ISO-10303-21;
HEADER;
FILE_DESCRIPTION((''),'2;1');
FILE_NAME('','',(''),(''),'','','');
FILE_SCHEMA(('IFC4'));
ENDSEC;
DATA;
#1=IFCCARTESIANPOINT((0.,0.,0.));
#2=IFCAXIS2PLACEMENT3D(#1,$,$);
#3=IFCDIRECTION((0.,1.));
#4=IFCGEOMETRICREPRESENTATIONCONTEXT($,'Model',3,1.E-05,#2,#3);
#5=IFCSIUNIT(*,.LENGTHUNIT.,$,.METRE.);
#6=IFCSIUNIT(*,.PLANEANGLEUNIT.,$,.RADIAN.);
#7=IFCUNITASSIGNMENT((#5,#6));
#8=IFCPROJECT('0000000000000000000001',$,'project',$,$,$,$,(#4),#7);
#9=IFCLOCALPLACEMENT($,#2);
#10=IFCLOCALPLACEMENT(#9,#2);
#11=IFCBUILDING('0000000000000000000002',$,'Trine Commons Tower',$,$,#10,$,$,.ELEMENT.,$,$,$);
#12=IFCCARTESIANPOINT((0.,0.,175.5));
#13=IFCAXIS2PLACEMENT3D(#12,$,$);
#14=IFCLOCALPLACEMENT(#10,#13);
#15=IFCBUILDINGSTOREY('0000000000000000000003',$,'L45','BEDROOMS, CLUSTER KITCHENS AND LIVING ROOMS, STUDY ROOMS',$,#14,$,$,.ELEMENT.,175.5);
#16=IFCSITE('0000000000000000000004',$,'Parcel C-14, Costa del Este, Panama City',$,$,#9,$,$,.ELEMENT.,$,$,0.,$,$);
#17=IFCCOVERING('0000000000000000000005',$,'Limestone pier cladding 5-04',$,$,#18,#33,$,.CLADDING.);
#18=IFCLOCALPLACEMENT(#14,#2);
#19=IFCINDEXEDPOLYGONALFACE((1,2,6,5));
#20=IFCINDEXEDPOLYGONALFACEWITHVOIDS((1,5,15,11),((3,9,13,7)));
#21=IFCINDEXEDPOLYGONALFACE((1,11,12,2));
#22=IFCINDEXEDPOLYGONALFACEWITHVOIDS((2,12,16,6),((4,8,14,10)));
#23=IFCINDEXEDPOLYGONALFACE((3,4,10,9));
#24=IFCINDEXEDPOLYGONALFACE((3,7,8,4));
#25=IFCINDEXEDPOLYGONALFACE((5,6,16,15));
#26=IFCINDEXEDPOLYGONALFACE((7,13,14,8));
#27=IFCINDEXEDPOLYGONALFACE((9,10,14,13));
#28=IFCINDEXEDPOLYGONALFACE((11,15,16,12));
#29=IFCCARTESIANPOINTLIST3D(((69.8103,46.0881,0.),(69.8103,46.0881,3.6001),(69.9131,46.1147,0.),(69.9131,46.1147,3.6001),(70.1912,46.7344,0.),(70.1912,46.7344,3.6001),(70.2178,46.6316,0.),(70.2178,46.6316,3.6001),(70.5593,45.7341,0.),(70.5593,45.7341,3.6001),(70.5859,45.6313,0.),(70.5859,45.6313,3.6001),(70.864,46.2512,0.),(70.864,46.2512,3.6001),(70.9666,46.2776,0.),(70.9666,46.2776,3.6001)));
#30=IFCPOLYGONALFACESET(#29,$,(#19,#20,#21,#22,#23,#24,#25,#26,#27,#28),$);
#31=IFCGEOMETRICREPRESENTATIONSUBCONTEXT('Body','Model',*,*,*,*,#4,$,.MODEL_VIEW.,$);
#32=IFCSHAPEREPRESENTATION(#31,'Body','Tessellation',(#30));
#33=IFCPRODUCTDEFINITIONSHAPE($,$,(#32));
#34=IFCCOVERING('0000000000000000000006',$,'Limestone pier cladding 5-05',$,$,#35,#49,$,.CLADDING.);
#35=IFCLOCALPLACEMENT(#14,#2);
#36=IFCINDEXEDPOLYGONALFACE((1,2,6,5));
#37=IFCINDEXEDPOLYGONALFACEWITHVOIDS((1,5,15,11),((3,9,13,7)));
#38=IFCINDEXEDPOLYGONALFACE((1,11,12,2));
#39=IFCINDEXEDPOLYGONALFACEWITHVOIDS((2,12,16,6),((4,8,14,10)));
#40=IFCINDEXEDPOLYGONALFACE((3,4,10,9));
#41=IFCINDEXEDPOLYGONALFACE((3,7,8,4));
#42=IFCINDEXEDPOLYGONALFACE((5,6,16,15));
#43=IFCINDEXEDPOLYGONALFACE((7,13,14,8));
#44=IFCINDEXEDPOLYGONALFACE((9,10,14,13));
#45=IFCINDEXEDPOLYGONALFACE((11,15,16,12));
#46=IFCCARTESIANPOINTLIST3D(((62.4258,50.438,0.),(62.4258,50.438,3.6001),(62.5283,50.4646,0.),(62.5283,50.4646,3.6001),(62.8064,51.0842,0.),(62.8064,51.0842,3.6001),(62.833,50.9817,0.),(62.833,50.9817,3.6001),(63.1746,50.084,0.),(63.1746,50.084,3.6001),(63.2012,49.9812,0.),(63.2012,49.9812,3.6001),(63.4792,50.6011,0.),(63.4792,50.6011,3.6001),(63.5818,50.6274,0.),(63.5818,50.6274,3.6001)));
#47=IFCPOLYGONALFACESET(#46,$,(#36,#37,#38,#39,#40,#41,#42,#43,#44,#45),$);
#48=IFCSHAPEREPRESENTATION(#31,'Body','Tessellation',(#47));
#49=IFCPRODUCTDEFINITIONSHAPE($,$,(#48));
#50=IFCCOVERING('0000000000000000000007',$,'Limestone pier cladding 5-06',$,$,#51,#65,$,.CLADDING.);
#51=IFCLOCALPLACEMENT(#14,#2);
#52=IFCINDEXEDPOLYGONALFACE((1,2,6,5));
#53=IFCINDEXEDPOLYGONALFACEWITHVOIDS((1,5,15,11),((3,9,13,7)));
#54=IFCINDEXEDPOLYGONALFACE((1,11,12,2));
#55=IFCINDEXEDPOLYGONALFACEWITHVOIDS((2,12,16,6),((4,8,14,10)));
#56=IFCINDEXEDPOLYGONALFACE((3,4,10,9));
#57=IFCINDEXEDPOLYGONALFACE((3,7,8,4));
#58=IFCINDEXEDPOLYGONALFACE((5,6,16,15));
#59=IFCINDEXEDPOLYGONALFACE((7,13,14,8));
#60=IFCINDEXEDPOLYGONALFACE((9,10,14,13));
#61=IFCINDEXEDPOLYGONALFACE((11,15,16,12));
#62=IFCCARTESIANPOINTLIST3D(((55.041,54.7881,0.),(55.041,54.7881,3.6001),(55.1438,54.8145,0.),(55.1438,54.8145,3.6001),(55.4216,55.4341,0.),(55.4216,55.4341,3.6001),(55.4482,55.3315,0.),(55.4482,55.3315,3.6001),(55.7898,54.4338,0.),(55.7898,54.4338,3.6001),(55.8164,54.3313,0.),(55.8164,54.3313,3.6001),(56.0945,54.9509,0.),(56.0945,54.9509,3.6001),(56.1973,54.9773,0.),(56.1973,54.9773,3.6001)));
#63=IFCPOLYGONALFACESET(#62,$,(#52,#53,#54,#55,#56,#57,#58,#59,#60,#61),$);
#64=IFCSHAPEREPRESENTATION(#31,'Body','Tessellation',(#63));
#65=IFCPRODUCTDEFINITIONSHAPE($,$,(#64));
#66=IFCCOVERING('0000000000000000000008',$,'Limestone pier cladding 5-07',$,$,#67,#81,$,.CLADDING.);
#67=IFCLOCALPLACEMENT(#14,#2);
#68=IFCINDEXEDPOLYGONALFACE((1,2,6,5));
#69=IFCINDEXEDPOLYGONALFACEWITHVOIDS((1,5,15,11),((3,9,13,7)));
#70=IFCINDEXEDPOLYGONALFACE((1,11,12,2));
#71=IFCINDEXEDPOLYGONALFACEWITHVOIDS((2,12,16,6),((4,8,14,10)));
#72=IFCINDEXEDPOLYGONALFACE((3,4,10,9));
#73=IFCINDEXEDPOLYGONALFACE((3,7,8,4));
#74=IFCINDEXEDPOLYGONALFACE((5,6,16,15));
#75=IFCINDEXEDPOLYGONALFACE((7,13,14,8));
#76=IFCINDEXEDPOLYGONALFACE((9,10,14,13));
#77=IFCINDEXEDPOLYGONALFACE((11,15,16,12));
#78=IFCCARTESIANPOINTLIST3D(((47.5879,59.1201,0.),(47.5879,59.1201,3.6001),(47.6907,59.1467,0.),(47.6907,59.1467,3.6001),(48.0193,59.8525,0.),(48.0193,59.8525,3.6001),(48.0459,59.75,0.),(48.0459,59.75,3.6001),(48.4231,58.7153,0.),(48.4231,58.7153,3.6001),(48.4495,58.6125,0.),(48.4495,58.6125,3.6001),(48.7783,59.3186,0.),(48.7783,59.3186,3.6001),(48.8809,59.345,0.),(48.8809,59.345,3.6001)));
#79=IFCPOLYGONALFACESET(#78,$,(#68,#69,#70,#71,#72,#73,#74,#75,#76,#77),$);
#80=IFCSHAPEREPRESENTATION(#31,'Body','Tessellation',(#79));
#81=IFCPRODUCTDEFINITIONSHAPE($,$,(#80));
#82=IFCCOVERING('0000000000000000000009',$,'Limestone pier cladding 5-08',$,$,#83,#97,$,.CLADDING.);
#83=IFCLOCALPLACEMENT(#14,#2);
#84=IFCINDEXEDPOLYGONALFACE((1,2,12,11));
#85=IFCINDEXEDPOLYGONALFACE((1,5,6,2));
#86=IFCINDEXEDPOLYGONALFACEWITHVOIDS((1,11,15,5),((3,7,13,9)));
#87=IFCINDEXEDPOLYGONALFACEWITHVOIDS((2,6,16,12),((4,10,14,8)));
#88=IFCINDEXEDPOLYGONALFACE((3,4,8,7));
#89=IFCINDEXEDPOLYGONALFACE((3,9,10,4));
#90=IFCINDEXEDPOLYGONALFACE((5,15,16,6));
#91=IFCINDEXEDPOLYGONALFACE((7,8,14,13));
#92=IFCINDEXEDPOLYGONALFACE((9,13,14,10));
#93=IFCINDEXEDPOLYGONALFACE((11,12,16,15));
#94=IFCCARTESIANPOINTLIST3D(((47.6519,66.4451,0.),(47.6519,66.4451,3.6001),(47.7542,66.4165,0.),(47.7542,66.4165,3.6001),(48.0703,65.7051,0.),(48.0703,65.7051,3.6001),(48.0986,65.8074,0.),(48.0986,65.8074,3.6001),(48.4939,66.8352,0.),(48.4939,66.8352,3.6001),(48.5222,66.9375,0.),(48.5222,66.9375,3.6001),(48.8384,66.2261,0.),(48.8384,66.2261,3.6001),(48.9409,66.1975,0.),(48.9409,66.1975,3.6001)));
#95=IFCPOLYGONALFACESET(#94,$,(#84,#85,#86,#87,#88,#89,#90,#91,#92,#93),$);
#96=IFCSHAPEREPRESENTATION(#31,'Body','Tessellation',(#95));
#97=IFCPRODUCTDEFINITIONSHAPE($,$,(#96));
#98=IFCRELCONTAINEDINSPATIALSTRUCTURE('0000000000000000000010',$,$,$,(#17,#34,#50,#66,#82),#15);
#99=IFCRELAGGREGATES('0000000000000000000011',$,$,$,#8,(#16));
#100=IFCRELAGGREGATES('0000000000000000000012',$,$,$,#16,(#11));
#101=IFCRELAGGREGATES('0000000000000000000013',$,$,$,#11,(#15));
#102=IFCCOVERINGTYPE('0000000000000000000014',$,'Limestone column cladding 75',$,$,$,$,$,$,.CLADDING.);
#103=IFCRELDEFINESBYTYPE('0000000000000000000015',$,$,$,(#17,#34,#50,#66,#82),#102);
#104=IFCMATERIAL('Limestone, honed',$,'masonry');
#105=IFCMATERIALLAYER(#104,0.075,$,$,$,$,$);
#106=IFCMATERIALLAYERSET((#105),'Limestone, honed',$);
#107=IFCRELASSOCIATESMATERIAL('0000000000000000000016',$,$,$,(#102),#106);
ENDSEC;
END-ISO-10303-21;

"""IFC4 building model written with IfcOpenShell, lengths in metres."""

from ifc_helpers import new_model, si_unit, direction, frame, origin, place, context, subcontext, project, spatial, polyline, outline, extrude, material, layer, layer_set, type_object, element, save


model = new_model("IFC4")

# Units and contexts
model_context = context("Model", 3, precision=1e-05, world=origin(), true_north=direction((0.0, 1.0)))
body_context = subcontext(model_context, "Body", "Model", "MODEL_VIEW")
ifc_project = project(units=[si_unit("LENGTHUNIT", "METRE"), si_unit("PLANEANGLEUNIT", "RADIAN")], contexts=[model_context])

# Site, building, storey
site_placement = place(None, origin())
site = spatial("IfcSite", under=ifc_project, at=site_placement, Name="Parcel C-14, Costa del Este, Panama City", CompositionType="ELEMENT", RefElevation=0.0)
building_placement = place(site_placement, origin())
building = spatial("IfcBuilding", under=site, at=building_placement, Name="Trine Commons Tower", CompositionType="ELEMENT")
storey_placement = place(building_placement, frame((0.0, 0.0, 175.5)))
storey = spatial("IfcBuildingStorey", under=building, at=storey_placement, Name="L45", Description="BEDROOMS, CLUSTER KITCHENS AND LIVING ROOMS, STUDY ROOMS", CompositionType="ELEMENT", Elevation=175.5)

# Coverings
ifc_material_1 = material(Name="Limestone, honed", Category="masonry")
ifc_layer_1 = layer(ifc_material_1, 0.075)
ifc_layer_set_1 = layer_set([ifc_layer_1], Name="Limestone, honed")
covering_type_1 = type_object("IfcCoveringType", Name="Limestone column cladding 75", PredefinedType="CLADDING", material=ifc_layer_set_1)
covering_1_placement = place(storey_placement, origin())
element("IfcCovering", 1, at=covering_1_placement, inside=storey, type_object=covering_type_1, Name="Limestone pier cladding 5-04", PredefinedType="CLADDING", context=body_context, shape_type="SweptSolid", body=[
    extrude(outline(polyline([(70.1912, 46.7344), (69.8103, 46.0881), (70.5859, 45.6313), (70.9666, 46.2776), (70.1912, 46.7344)]), holes=[polyline([(70.2178, 46.6316), (69.9131, 46.1147), (70.5593, 45.7341), (70.864, 46.2512), (70.2178, 46.6316)])]), origin(), (0.0, 0.0, 1.0), 3.6001),
])
covering_2_placement = place(storey_placement, origin())
element("IfcCovering", 2, at=covering_2_placement, inside=storey, type_object=covering_type_1, Name="Limestone pier cladding 5-05", PredefinedType="CLADDING", context=body_context, shape_type="SweptSolid", body=[
    extrude(outline(polyline([(62.8064, 51.0842), (62.4258, 50.438), (63.2012, 49.9812), (63.5818, 50.6274), (62.8064, 51.0842)]), holes=[polyline([(62.833, 50.9817), (62.5283, 50.4646), (63.1746, 50.084), (63.4792, 50.6011), (62.833, 50.9817)])]), origin(), (0.0, 0.0, 1.0), 3.6001),
])
covering_3_placement = place(storey_placement, origin())
element("IfcCovering", 3, at=covering_3_placement, inside=storey, type_object=covering_type_1, Name="Limestone pier cladding 5-06", PredefinedType="CLADDING", context=body_context, shape_type="SweptSolid", body=[
    extrude(outline(polyline([(55.4216, 55.4341), (55.041, 54.7881), (55.8164, 54.3313), (56.1973, 54.9773), (55.4216, 55.4341)]), holes=[polyline([(55.4482, 55.3315), (55.1438, 54.8145), (55.7898, 54.4338), (56.0945, 54.9509), (55.4482, 55.3315)])]), origin(), (0.0, 0.0, 1.0), 3.6001),
])
covering_4_placement = place(storey_placement, origin())
element("IfcCovering", 4, at=covering_4_placement, inside=storey, type_object=covering_type_1, Name="Limestone pier cladding 5-07", PredefinedType="CLADDING", context=body_context, shape_type="SweptSolid", body=[
    extrude(outline(polyline([(48.0193, 59.8525), (47.5879, 59.1201), (48.4495, 58.6125), (48.8809, 59.345), (48.0193, 59.8525)]), holes=[polyline([(48.0459, 59.75), (47.6907, 59.1467), (48.4231, 58.7153), (48.7783, 59.3186), (48.0459, 59.75)])]), origin(), (0.0, 0.0, 1.0), 3.6001),
])
covering_5_placement = place(storey_placement, origin())
element("IfcCovering", 5, at=covering_5_placement, inside=storey, type_object=covering_type_1, Name="Limestone pier cladding 5-08", PredefinedType="CLADDING", context=body_context, shape_type="SweptSolid", body=[
    extrude(outline(polyline([(48.9409, 66.1975), (48.5222, 66.9375), (47.6519, 66.4451), (48.0703, 65.7051), (48.9409, 66.1975)]), holes=[polyline([(48.8384, 66.2261), (48.4939, 66.8352), (47.7542, 66.4165), (48.0986, 65.8074), (48.8384, 66.2261)])]), origin(), (0.0, 0.0, 1.0), 3.6001),
])

save(model, "model.ifc")
